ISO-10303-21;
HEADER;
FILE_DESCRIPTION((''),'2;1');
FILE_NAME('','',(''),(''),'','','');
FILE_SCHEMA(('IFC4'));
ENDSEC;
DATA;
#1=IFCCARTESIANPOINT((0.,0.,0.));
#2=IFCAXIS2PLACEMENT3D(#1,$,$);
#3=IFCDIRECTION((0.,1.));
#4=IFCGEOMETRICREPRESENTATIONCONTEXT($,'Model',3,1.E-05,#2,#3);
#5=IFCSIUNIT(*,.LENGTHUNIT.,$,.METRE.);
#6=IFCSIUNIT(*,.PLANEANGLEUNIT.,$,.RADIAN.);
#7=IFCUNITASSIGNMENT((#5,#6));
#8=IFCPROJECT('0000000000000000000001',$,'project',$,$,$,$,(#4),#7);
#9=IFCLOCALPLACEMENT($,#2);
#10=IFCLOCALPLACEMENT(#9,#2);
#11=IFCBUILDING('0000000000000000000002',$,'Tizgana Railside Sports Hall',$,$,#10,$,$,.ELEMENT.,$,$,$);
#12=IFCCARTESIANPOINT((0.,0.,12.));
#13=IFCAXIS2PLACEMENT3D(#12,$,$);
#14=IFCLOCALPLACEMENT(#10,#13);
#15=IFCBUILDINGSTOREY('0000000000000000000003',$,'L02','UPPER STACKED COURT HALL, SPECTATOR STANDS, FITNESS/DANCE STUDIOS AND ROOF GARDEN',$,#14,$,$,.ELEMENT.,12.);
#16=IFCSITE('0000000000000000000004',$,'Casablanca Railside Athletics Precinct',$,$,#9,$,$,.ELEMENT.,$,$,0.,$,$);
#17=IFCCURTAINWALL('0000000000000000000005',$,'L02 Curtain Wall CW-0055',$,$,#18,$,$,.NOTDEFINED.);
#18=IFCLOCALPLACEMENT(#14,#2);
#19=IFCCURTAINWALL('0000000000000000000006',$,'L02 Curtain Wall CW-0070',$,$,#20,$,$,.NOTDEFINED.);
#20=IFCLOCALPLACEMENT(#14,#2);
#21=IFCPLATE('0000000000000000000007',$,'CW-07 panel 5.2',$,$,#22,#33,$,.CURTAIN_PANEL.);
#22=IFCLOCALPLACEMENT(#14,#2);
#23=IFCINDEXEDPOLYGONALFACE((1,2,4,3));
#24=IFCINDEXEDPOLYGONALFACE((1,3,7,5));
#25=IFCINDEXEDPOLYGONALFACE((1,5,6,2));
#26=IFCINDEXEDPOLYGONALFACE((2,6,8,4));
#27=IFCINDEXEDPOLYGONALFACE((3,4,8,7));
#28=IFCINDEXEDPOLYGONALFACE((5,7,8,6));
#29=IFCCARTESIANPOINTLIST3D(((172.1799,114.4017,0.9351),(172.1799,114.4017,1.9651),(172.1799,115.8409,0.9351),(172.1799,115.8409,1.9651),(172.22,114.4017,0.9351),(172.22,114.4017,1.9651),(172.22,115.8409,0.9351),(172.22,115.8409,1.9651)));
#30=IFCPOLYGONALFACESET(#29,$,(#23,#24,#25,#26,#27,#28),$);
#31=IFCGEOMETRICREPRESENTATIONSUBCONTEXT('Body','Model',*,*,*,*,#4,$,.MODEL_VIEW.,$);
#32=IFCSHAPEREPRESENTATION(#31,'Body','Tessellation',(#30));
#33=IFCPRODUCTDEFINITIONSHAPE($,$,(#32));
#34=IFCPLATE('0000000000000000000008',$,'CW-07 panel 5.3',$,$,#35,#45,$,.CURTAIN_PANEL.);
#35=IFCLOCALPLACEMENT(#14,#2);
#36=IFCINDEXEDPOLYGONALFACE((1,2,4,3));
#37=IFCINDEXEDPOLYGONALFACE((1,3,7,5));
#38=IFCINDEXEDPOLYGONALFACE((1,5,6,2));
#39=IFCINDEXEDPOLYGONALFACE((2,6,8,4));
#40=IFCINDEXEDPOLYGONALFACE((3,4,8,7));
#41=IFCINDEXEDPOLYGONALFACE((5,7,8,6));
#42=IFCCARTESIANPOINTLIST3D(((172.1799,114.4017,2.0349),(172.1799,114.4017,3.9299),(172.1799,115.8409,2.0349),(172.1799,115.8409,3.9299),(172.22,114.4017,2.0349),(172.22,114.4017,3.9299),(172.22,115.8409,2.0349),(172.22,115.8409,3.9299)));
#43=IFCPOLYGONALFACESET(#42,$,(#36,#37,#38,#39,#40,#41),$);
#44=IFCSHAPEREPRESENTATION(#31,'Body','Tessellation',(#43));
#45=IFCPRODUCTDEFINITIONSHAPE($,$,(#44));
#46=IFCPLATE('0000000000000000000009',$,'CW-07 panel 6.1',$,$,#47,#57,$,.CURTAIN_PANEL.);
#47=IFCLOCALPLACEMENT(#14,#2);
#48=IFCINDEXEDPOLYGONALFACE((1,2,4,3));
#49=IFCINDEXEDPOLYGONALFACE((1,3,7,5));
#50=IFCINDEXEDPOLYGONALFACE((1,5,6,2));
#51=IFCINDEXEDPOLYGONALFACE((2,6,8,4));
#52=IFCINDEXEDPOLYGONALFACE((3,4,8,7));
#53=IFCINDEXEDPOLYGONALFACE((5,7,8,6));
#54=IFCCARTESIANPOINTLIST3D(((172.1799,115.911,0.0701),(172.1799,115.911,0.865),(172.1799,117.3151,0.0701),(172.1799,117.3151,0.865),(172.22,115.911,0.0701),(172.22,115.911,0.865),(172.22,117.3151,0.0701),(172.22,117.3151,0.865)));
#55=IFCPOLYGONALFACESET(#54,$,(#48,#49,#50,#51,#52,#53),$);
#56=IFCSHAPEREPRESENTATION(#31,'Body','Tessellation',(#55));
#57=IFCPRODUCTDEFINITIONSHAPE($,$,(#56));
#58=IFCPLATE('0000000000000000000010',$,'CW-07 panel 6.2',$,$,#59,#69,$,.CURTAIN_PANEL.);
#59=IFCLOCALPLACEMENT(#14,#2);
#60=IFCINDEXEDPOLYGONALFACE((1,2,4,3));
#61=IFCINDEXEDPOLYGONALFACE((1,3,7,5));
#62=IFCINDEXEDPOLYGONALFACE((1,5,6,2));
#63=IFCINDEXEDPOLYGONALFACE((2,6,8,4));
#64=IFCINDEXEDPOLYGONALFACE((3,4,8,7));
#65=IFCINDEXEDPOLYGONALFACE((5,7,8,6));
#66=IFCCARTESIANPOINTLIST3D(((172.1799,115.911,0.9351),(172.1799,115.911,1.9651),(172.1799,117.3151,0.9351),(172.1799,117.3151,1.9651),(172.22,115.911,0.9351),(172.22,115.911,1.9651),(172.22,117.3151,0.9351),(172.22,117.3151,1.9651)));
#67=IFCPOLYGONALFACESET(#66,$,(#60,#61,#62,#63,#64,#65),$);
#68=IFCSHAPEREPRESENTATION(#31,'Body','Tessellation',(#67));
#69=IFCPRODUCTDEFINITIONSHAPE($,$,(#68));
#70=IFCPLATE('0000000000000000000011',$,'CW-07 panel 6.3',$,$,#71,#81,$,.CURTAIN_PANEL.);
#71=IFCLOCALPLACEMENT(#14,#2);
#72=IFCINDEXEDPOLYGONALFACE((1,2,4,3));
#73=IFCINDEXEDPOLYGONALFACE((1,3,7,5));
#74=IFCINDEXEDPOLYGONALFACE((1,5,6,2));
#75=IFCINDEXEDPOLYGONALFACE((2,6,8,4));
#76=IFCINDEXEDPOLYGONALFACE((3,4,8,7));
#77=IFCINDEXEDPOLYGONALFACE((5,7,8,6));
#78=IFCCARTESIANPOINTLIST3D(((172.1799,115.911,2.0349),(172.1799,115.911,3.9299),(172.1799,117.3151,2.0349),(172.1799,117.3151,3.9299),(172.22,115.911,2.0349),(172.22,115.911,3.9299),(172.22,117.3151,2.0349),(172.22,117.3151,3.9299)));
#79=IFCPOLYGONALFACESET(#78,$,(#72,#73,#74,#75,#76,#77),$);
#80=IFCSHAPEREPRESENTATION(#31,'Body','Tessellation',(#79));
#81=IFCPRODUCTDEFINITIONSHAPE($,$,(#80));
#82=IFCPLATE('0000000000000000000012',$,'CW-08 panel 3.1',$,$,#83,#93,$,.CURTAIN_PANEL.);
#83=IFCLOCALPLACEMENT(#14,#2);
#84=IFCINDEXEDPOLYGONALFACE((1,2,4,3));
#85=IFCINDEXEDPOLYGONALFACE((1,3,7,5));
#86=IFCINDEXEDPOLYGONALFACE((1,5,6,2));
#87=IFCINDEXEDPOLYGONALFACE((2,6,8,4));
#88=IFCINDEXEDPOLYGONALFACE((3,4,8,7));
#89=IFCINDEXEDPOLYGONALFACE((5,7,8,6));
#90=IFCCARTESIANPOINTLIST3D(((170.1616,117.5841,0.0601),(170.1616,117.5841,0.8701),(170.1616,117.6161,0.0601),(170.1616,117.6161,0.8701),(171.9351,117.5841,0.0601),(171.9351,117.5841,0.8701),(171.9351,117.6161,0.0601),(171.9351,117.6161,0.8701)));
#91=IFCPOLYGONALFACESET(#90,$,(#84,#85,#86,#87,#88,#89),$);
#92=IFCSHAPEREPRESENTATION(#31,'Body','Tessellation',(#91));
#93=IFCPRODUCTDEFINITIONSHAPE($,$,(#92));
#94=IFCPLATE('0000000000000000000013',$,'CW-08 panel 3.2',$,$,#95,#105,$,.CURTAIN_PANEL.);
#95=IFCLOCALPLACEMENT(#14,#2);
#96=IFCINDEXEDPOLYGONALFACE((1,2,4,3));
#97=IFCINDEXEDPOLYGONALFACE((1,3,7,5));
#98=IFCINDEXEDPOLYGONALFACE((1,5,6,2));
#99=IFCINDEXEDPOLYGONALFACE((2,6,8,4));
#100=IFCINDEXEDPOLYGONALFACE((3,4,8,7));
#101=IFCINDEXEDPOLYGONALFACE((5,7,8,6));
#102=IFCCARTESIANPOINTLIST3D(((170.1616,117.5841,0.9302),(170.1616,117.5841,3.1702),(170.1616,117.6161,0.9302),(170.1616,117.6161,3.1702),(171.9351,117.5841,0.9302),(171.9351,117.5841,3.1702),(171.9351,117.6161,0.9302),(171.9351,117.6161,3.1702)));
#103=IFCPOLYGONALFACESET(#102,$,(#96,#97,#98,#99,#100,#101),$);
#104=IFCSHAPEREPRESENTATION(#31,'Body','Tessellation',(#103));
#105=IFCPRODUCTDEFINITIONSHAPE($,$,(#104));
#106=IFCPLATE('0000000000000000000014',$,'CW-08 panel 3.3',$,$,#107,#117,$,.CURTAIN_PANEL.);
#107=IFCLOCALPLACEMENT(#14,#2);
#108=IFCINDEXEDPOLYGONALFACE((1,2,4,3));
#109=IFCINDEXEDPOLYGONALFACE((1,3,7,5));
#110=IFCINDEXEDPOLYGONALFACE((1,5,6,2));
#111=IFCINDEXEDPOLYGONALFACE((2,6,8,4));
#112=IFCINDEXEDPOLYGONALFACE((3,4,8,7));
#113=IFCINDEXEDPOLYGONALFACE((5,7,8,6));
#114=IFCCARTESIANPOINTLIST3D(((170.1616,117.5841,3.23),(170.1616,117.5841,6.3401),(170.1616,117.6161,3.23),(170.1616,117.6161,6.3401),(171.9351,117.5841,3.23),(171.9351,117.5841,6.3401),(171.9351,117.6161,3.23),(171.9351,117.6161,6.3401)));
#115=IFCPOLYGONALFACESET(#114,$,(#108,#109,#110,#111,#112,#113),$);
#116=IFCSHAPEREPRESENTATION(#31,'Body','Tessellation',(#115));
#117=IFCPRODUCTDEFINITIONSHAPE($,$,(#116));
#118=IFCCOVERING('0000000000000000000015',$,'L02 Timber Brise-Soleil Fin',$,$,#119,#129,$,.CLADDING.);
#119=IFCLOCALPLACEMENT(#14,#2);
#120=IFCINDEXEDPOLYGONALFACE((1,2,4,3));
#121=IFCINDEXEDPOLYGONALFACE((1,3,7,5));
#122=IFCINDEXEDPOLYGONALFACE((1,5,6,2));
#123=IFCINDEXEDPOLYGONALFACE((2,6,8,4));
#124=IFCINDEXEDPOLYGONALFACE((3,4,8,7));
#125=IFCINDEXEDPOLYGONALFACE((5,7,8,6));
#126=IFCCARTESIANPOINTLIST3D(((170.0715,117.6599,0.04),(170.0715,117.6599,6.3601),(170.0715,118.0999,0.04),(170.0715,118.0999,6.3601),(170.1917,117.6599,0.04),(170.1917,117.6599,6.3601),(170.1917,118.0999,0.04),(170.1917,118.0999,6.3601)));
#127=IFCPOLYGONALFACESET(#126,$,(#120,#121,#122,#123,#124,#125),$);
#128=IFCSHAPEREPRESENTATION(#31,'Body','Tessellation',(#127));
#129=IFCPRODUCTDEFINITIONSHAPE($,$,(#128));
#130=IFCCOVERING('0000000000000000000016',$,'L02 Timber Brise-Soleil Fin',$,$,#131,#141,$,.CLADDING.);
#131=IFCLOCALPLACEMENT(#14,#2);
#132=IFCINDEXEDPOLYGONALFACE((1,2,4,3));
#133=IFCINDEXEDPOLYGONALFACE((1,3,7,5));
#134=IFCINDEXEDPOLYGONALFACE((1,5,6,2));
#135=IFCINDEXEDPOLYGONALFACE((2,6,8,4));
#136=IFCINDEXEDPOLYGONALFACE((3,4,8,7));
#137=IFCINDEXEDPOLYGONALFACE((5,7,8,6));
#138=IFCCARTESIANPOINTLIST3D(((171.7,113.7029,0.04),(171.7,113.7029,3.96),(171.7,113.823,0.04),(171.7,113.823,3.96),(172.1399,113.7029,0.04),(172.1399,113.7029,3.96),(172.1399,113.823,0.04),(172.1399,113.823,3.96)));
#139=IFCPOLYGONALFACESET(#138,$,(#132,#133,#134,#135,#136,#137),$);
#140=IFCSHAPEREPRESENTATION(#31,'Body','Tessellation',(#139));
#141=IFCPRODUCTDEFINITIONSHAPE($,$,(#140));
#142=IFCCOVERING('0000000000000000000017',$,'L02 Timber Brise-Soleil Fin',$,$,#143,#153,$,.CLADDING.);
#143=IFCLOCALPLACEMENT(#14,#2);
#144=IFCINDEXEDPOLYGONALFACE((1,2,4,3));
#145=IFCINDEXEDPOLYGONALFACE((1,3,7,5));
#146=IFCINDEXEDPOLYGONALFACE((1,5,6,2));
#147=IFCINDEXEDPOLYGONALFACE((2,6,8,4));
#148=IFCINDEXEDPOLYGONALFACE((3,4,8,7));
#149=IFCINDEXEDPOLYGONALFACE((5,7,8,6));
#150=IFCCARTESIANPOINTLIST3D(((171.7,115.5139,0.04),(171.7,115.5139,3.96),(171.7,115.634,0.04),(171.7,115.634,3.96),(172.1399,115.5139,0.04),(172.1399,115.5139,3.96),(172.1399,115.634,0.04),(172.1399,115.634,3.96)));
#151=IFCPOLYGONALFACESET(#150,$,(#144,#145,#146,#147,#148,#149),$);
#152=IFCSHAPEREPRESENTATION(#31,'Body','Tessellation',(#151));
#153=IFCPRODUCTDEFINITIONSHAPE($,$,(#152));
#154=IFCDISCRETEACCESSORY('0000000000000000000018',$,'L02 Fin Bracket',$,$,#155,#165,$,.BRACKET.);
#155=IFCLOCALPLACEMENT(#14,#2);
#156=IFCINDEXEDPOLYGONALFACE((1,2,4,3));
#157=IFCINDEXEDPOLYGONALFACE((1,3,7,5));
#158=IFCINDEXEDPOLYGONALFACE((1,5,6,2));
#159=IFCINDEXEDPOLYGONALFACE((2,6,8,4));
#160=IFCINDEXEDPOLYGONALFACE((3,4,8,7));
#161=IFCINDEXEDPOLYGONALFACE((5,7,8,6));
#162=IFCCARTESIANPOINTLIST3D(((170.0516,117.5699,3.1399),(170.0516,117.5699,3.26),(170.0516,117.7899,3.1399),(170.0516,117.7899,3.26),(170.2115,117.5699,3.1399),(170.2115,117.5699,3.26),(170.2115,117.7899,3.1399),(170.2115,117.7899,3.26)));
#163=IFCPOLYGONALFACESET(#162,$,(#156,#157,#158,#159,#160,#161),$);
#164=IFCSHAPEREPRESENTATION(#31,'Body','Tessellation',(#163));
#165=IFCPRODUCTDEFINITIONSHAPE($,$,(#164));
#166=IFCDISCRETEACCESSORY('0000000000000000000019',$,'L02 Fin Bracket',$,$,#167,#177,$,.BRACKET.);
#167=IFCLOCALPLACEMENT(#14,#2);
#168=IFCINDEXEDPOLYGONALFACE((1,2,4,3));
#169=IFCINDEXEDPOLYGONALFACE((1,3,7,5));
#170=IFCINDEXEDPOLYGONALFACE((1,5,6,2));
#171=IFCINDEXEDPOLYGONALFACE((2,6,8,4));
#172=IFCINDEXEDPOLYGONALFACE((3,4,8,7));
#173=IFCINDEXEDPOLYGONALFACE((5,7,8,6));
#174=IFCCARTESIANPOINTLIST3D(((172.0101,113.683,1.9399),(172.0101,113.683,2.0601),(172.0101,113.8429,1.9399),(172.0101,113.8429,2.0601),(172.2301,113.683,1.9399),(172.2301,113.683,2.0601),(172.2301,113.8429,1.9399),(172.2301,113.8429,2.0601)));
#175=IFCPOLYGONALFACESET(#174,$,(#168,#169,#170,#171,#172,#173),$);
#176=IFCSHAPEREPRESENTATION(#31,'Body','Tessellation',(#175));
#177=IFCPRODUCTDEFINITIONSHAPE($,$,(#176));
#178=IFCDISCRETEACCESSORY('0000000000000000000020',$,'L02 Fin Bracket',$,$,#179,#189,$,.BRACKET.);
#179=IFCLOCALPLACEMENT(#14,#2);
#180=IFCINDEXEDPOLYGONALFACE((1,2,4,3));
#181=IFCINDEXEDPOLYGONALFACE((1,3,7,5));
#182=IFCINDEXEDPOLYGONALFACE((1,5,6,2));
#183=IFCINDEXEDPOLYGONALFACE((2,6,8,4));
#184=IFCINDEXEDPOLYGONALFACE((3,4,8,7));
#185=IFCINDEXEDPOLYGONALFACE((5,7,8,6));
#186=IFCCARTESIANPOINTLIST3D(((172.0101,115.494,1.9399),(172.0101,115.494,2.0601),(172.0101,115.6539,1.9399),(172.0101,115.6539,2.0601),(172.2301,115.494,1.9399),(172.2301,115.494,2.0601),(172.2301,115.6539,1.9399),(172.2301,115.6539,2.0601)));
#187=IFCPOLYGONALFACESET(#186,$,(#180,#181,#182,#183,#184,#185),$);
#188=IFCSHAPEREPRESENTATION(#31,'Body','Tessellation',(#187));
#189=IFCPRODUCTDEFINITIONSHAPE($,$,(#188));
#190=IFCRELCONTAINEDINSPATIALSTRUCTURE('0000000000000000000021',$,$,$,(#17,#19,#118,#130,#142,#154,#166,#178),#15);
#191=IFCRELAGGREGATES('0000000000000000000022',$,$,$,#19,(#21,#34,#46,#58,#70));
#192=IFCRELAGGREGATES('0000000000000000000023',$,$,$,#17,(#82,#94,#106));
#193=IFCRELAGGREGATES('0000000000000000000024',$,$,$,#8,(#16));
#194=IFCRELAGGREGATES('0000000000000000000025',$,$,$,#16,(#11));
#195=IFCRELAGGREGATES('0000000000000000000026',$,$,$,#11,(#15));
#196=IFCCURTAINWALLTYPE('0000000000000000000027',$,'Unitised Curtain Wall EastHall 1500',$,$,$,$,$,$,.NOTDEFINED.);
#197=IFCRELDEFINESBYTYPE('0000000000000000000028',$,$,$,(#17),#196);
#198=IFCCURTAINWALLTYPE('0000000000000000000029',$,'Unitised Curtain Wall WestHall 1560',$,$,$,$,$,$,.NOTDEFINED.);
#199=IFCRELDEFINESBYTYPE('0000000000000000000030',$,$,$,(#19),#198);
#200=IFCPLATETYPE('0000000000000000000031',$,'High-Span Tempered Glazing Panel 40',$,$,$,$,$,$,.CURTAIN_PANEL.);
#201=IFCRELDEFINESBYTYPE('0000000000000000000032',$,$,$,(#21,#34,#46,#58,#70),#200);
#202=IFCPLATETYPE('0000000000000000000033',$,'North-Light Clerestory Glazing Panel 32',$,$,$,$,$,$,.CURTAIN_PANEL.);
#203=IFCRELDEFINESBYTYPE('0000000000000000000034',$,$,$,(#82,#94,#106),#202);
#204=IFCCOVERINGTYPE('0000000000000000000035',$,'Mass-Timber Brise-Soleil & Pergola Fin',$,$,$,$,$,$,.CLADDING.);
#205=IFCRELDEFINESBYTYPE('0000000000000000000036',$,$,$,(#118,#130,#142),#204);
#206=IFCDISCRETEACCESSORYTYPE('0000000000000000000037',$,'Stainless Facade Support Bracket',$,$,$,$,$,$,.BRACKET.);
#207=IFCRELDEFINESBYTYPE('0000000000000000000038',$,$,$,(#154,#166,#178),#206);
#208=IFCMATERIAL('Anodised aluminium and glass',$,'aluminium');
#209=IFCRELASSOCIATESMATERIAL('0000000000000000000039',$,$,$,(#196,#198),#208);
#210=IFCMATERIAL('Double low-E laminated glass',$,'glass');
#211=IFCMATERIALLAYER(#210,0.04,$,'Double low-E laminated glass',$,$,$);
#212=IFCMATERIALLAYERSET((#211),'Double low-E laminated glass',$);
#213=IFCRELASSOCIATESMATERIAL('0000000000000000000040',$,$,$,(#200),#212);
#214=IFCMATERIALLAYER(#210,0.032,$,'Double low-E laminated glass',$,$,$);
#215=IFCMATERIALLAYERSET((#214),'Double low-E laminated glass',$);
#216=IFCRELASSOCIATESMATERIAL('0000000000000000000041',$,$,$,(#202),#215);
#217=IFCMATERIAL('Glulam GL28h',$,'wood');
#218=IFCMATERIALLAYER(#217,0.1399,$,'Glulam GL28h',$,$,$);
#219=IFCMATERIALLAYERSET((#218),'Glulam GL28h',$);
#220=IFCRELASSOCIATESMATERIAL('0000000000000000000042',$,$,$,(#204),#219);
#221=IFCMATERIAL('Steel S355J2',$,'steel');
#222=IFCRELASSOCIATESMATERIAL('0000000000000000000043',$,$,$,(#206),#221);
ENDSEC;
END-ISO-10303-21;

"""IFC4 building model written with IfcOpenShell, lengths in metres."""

from ifc_helpers import new_model, si_unit, direction, frame, origin, origin_2d, place, context, subcontext, project, spatial, rectangle, extrude, material, layer, layer_set, type_object, element, aggregate, save


model = new_model("IFC4")

# Units and contexts
model_context = context("Model", 3, precision=1e-05, world=origin(), true_north=direction((0.0, 1.0)))
body_context = subcontext(model_context, "Body", "Model", "MODEL_VIEW")
ifc_project = project(units=[si_unit("LENGTHUNIT", "METRE"), si_unit("PLANEANGLEUNIT", "RADIAN")], contexts=[model_context])

# Site, building, storey
site_placement = place(None, origin())
site = spatial("IfcSite", under=ifc_project, at=site_placement, Name="Casablanca Railside Athletics Precinct", CompositionType="ELEMENT", RefElevation=0.0)
building_placement = place(site_placement, origin())
building = spatial("IfcBuilding", under=site, at=building_placement, Name="Tizgana Railside Sports Hall", CompositionType="ELEMENT")
storey_placement = place(building_placement, frame((0.0, 0.0, 12.0)))
storey = spatial("IfcBuildingStorey", under=building, at=storey_placement, Name="L02", Description="UPPER STACKED COURT HALL, SPECTATOR STANDS, FITNESS/DANCE STUDIOS AND ROOF GARDEN", CompositionType="ELEMENT", Elevation=12.0)

# Shared definitions
ifc_material_1 = material(Name="Steel S355J2", Category="steel")

# Curtain walls
ifc_material_2 = material(Name="Anodised aluminium and glass", Category="aluminium")
curtain_wall_type_1 = type_object("IfcCurtainWallType", Name="Unitised Curtain Wall EastHall 1500", PredefinedType="NOTDEFINED", material=ifc_material_2)
curtain_wall_1_placement = place(storey_placement, origin())
curtain_wall_1 = element("IfcCurtainWall", 1, at=curtain_wall_1_placement, inside=storey, type_object=curtain_wall_type_1, Name="L02 Curtain Wall CW-0055", PredefinedType="NOTDEFINED")
curtain_wall_type_2 = type_object("IfcCurtainWallType", Name="Unitised Curtain Wall WestHall 1560", PredefinedType="NOTDEFINED", material=ifc_material_2)
curtain_wall_2_placement = place(storey_placement, origin())
curtain_wall_2 = element("IfcCurtainWall", 2, at=curtain_wall_2_placement, inside=storey, type_object=curtain_wall_type_2, Name="L02 Curtain Wall CW-0070", PredefinedType="NOTDEFINED")

# Plates
ifc_material_3 = material(Name="Double low-E laminated glass", Category="glass")
ifc_layer_1 = layer(ifc_material_3, 0.04, Name="Double low-E laminated glass")
ifc_layer_set_1 = layer_set([ifc_layer_1], Name="Double low-E laminated glass")
plate_type_1 = type_object("IfcPlateType", Name="High-Span Tempered Glazing Panel 40", PredefinedType="CURTAIN_PANEL", material=ifc_layer_set_1)
plate_1_placement = place(storey_placement, frame((172.2, 115.1213, 0.9351), z_axis=(0.0, 0.0, 1.0), x_axis=(0.0, 1.0, 0.0)))
plate_1 = element("IfcPlate", 3, at=plate_1_placement, type_object=plate_type_1, Name="CW-07 panel 5.2", PredefinedType="CURTAIN_PANEL", context=body_context, shape_type="SweptSolid", body=[
    extrude(rectangle(XDim=1.4392, YDim=0.04, at=origin_2d()), origin(), (0.0, 0.0, 1.0), 1.03),
])
plate_2_placement = place(storey_placement, frame((172.2, 115.1213, 2.0349), z_axis=(0.0, 0.0, 1.0), x_axis=(0.0, 1.0, 0.0)))
plate_2 = element("IfcPlate", 4, at=plate_2_placement, type_object=plate_type_1, Name="CW-07 panel 5.3", PredefinedType="CURTAIN_PANEL", context=body_context, shape_type="SweptSolid", body=[
    extrude(rectangle(XDim=1.4392, YDim=0.04, at=origin_2d()), origin(), (0.0, 0.0, 1.0), 1.895),
])
plate_3_placement = place(storey_placement, frame((172.2, 116.613, 0.0701), z_axis=(0.0, 0.0, 1.0), x_axis=(0.0, 1.0, 0.0)))
plate_3 = element("IfcPlate", 5, at=plate_3_placement, type_object=plate_type_1, Name="CW-07 panel 6.1", PredefinedType="CURTAIN_PANEL", context=body_context, shape_type="SweptSolid", body=[
    extrude(rectangle(XDim=1.4041, YDim=0.04, at=origin_2d()), origin(), (0.0, 0.0, 1.0), 0.7949),
])
plate_4_placement = place(storey_placement, frame((172.2, 116.613, 0.9351), z_axis=(0.0, 0.0, 1.0), x_axis=(0.0, 1.0, 0.0)))
plate_4 = element("IfcPlate", 6, at=plate_4_placement, type_object=plate_type_1, Name="CW-07 panel 6.2", PredefinedType="CURTAIN_PANEL", context=body_context, shape_type="SweptSolid", body=[
    extrude(rectangle(XDim=1.4041, YDim=0.04, at=origin_2d()), origin(), (0.0, 0.0, 1.0), 1.03),
])
plate_5_placement = place(storey_placement, frame((172.2, 116.613, 2.0349), z_axis=(0.0, 0.0, 1.0), x_axis=(0.0, 1.0, 0.0)))
plate_5 = element("IfcPlate", 7, at=plate_5_placement, type_object=plate_type_1, Name="CW-07 panel 6.3", PredefinedType="CURTAIN_PANEL", context=body_context, shape_type="SweptSolid", body=[
    extrude(rectangle(XDim=1.4041, YDim=0.04, at=origin_2d()), origin(), (0.0, 0.0, 1.0), 1.895),
])
aggregate(curtain_wall_2, [plate_1, plate_2, plate_3, plate_4, plate_5])
ifc_layer_2 = layer(ifc_material_3, 0.032, Name="Double low-E laminated glass")
ifc_layer_set_2 = layer_set([ifc_layer_2], Name="Double low-E laminated glass")
plate_type_2 = type_object("IfcPlateType", Name="North-Light Clerestory Glazing Panel 32", PredefinedType="CURTAIN_PANEL", material=ifc_layer_set_2)
plate_6_placement = place(storey_placement, frame((171.0483, 117.6001, 0.0601), z_axis=(0.0, 0.0, 1.0), x_axis=(1.0, 0.0, 0.0)))
plate_6 = element("IfcPlate", 8, at=plate_6_placement, type_object=plate_type_2, Name="CW-08 panel 3.1", PredefinedType="CURTAIN_PANEL", context=body_context, shape_type="SweptSolid", body=[
    extrude(rectangle(XDim=1.7734, YDim=0.032, at=origin_2d()), origin(), (0.0, 0.0, 1.0), 0.8101),
])
plate_7_placement = place(storey_placement, frame((171.0483, 117.6001, 0.9302), z_axis=(0.0, 0.0, 1.0), x_axis=(1.0, 0.0, 0.0)))
plate_7 = element("IfcPlate", 9, at=plate_7_placement, type_object=plate_type_2, Name="CW-08 panel 3.2", PredefinedType="CURTAIN_PANEL", context=body_context, shape_type="SweptSolid", body=[
    extrude(rectangle(XDim=1.7734, YDim=0.032, at=origin_2d()), origin(), (0.0, 0.0, 1.0), 2.24),
])
plate_8_placement = place(storey_placement, frame((171.0483, 117.6001, 3.23), z_axis=(0.0, 0.0, 1.0), x_axis=(1.0, 0.0, 0.0)))
plate_8 = element("IfcPlate", 10, at=plate_8_placement, type_object=plate_type_2, Name="CW-08 panel 3.3", PredefinedType="CURTAIN_PANEL", context=body_context, shape_type="SweptSolid", body=[
    extrude(rectangle(XDim=1.7734, YDim=0.032, at=origin_2d()), origin(), (0.0, 0.0, 1.0), 3.1101),
])
aggregate(curtain_wall_1, [plate_6, plate_7, plate_8])

# Coverings
ifc_material_4 = material(Name="Glulam GL28h", Category="wood")
ifc_layer_3 = layer(ifc_material_4, 0.1399, Name="Glulam GL28h")
ifc_layer_set_3 = layer_set([ifc_layer_3], Name="Glulam GL28h")
covering_type = type_object("IfcCoveringType", Name="Mass-Timber Brise-Soleil & Pergola Fin", PredefinedType="CLADDING", material=ifc_layer_set_3)
covering_placement = place(storey_placement, frame((170.1316, 117.8799, 0.04), z_axis=(0.0, 0.0, 1.0), x_axis=(1.0, 0.0, 0.0)))
element("IfcCovering", 11, at=covering_placement, inside=storey, type_object=covering_type, Name="L02 Timber Brise-Soleil Fin", PredefinedType="CLADDING", context=body_context, shape_type="SweptSolid", body=[
    extrude(rectangle(XDim=0.1201, YDim=0.4399, at=origin_2d()), origin(), (0.0, 0.0, 1.0), 6.3201),
])
for number, where, z_axis, x_axis, name in (
    (12, (171.9199, 113.7629, 0.04), (0.0, 0.0, 1.0), (0.0, 1.0, 0.0), "L02 Timber Brise-Soleil Fin"),
    (13, (171.9199, 115.574, 0.04), (0.0, 0.0, 1.0), (0.0, 1.0, 0.0), "L02 Timber Brise-Soleil Fin"),
):
    element("IfcCovering", number, at=place(storey_placement, frame(where, z_axis=z_axis, x_axis=x_axis)), inside=storey, type_object=covering_type, Name=name, PredefinedType="CLADDING", context=body_context, shape_type="SweptSolid", body=[
        extrude(rectangle(XDim=0.1201, YDim=0.4399, at=origin_2d()), origin(), (0.0, 0.0, 1.0), 3.9199),
    ])

# Discrete accessories
discrete_accessory_type = type_object("IfcDiscreteAccessoryType", Name="Stainless Facade Support Bracket", PredefinedType="BRACKET", material=ifc_material_1)
for number, where, z_axis, x_axis, name in (
    (14, (170.1316, 117.6799, 3.1399), (0.0, 0.0, 1.0), (1.0, 0.0, 0.0), "L02 Fin Bracket"),
    (15, (172.1201, 113.7629, 1.9399), (0.0, 0.0, 1.0), (0.0, 1.0, 0.0), "L02 Fin Bracket"),
    (16, (172.1201, 115.574, 1.9399), (0.0, 0.0, 1.0), (0.0, 1.0, 0.0), "L02 Fin Bracket"),
):
    element("IfcDiscreteAccessory", number, at=place(storey_placement, frame(where, z_axis=z_axis, x_axis=x_axis)), inside=storey, type_object=discrete_accessory_type, Name=name, PredefinedType="BRACKET", context=body_context, shape_type="SweptSolid", body=[
        extrude(rectangle(XDim=0.1599, YDim=0.22, at=origin_2d()), origin(), (0.0, 0.0, 1.0), 0.1201),
    ])

save(model, "model.ifc")
